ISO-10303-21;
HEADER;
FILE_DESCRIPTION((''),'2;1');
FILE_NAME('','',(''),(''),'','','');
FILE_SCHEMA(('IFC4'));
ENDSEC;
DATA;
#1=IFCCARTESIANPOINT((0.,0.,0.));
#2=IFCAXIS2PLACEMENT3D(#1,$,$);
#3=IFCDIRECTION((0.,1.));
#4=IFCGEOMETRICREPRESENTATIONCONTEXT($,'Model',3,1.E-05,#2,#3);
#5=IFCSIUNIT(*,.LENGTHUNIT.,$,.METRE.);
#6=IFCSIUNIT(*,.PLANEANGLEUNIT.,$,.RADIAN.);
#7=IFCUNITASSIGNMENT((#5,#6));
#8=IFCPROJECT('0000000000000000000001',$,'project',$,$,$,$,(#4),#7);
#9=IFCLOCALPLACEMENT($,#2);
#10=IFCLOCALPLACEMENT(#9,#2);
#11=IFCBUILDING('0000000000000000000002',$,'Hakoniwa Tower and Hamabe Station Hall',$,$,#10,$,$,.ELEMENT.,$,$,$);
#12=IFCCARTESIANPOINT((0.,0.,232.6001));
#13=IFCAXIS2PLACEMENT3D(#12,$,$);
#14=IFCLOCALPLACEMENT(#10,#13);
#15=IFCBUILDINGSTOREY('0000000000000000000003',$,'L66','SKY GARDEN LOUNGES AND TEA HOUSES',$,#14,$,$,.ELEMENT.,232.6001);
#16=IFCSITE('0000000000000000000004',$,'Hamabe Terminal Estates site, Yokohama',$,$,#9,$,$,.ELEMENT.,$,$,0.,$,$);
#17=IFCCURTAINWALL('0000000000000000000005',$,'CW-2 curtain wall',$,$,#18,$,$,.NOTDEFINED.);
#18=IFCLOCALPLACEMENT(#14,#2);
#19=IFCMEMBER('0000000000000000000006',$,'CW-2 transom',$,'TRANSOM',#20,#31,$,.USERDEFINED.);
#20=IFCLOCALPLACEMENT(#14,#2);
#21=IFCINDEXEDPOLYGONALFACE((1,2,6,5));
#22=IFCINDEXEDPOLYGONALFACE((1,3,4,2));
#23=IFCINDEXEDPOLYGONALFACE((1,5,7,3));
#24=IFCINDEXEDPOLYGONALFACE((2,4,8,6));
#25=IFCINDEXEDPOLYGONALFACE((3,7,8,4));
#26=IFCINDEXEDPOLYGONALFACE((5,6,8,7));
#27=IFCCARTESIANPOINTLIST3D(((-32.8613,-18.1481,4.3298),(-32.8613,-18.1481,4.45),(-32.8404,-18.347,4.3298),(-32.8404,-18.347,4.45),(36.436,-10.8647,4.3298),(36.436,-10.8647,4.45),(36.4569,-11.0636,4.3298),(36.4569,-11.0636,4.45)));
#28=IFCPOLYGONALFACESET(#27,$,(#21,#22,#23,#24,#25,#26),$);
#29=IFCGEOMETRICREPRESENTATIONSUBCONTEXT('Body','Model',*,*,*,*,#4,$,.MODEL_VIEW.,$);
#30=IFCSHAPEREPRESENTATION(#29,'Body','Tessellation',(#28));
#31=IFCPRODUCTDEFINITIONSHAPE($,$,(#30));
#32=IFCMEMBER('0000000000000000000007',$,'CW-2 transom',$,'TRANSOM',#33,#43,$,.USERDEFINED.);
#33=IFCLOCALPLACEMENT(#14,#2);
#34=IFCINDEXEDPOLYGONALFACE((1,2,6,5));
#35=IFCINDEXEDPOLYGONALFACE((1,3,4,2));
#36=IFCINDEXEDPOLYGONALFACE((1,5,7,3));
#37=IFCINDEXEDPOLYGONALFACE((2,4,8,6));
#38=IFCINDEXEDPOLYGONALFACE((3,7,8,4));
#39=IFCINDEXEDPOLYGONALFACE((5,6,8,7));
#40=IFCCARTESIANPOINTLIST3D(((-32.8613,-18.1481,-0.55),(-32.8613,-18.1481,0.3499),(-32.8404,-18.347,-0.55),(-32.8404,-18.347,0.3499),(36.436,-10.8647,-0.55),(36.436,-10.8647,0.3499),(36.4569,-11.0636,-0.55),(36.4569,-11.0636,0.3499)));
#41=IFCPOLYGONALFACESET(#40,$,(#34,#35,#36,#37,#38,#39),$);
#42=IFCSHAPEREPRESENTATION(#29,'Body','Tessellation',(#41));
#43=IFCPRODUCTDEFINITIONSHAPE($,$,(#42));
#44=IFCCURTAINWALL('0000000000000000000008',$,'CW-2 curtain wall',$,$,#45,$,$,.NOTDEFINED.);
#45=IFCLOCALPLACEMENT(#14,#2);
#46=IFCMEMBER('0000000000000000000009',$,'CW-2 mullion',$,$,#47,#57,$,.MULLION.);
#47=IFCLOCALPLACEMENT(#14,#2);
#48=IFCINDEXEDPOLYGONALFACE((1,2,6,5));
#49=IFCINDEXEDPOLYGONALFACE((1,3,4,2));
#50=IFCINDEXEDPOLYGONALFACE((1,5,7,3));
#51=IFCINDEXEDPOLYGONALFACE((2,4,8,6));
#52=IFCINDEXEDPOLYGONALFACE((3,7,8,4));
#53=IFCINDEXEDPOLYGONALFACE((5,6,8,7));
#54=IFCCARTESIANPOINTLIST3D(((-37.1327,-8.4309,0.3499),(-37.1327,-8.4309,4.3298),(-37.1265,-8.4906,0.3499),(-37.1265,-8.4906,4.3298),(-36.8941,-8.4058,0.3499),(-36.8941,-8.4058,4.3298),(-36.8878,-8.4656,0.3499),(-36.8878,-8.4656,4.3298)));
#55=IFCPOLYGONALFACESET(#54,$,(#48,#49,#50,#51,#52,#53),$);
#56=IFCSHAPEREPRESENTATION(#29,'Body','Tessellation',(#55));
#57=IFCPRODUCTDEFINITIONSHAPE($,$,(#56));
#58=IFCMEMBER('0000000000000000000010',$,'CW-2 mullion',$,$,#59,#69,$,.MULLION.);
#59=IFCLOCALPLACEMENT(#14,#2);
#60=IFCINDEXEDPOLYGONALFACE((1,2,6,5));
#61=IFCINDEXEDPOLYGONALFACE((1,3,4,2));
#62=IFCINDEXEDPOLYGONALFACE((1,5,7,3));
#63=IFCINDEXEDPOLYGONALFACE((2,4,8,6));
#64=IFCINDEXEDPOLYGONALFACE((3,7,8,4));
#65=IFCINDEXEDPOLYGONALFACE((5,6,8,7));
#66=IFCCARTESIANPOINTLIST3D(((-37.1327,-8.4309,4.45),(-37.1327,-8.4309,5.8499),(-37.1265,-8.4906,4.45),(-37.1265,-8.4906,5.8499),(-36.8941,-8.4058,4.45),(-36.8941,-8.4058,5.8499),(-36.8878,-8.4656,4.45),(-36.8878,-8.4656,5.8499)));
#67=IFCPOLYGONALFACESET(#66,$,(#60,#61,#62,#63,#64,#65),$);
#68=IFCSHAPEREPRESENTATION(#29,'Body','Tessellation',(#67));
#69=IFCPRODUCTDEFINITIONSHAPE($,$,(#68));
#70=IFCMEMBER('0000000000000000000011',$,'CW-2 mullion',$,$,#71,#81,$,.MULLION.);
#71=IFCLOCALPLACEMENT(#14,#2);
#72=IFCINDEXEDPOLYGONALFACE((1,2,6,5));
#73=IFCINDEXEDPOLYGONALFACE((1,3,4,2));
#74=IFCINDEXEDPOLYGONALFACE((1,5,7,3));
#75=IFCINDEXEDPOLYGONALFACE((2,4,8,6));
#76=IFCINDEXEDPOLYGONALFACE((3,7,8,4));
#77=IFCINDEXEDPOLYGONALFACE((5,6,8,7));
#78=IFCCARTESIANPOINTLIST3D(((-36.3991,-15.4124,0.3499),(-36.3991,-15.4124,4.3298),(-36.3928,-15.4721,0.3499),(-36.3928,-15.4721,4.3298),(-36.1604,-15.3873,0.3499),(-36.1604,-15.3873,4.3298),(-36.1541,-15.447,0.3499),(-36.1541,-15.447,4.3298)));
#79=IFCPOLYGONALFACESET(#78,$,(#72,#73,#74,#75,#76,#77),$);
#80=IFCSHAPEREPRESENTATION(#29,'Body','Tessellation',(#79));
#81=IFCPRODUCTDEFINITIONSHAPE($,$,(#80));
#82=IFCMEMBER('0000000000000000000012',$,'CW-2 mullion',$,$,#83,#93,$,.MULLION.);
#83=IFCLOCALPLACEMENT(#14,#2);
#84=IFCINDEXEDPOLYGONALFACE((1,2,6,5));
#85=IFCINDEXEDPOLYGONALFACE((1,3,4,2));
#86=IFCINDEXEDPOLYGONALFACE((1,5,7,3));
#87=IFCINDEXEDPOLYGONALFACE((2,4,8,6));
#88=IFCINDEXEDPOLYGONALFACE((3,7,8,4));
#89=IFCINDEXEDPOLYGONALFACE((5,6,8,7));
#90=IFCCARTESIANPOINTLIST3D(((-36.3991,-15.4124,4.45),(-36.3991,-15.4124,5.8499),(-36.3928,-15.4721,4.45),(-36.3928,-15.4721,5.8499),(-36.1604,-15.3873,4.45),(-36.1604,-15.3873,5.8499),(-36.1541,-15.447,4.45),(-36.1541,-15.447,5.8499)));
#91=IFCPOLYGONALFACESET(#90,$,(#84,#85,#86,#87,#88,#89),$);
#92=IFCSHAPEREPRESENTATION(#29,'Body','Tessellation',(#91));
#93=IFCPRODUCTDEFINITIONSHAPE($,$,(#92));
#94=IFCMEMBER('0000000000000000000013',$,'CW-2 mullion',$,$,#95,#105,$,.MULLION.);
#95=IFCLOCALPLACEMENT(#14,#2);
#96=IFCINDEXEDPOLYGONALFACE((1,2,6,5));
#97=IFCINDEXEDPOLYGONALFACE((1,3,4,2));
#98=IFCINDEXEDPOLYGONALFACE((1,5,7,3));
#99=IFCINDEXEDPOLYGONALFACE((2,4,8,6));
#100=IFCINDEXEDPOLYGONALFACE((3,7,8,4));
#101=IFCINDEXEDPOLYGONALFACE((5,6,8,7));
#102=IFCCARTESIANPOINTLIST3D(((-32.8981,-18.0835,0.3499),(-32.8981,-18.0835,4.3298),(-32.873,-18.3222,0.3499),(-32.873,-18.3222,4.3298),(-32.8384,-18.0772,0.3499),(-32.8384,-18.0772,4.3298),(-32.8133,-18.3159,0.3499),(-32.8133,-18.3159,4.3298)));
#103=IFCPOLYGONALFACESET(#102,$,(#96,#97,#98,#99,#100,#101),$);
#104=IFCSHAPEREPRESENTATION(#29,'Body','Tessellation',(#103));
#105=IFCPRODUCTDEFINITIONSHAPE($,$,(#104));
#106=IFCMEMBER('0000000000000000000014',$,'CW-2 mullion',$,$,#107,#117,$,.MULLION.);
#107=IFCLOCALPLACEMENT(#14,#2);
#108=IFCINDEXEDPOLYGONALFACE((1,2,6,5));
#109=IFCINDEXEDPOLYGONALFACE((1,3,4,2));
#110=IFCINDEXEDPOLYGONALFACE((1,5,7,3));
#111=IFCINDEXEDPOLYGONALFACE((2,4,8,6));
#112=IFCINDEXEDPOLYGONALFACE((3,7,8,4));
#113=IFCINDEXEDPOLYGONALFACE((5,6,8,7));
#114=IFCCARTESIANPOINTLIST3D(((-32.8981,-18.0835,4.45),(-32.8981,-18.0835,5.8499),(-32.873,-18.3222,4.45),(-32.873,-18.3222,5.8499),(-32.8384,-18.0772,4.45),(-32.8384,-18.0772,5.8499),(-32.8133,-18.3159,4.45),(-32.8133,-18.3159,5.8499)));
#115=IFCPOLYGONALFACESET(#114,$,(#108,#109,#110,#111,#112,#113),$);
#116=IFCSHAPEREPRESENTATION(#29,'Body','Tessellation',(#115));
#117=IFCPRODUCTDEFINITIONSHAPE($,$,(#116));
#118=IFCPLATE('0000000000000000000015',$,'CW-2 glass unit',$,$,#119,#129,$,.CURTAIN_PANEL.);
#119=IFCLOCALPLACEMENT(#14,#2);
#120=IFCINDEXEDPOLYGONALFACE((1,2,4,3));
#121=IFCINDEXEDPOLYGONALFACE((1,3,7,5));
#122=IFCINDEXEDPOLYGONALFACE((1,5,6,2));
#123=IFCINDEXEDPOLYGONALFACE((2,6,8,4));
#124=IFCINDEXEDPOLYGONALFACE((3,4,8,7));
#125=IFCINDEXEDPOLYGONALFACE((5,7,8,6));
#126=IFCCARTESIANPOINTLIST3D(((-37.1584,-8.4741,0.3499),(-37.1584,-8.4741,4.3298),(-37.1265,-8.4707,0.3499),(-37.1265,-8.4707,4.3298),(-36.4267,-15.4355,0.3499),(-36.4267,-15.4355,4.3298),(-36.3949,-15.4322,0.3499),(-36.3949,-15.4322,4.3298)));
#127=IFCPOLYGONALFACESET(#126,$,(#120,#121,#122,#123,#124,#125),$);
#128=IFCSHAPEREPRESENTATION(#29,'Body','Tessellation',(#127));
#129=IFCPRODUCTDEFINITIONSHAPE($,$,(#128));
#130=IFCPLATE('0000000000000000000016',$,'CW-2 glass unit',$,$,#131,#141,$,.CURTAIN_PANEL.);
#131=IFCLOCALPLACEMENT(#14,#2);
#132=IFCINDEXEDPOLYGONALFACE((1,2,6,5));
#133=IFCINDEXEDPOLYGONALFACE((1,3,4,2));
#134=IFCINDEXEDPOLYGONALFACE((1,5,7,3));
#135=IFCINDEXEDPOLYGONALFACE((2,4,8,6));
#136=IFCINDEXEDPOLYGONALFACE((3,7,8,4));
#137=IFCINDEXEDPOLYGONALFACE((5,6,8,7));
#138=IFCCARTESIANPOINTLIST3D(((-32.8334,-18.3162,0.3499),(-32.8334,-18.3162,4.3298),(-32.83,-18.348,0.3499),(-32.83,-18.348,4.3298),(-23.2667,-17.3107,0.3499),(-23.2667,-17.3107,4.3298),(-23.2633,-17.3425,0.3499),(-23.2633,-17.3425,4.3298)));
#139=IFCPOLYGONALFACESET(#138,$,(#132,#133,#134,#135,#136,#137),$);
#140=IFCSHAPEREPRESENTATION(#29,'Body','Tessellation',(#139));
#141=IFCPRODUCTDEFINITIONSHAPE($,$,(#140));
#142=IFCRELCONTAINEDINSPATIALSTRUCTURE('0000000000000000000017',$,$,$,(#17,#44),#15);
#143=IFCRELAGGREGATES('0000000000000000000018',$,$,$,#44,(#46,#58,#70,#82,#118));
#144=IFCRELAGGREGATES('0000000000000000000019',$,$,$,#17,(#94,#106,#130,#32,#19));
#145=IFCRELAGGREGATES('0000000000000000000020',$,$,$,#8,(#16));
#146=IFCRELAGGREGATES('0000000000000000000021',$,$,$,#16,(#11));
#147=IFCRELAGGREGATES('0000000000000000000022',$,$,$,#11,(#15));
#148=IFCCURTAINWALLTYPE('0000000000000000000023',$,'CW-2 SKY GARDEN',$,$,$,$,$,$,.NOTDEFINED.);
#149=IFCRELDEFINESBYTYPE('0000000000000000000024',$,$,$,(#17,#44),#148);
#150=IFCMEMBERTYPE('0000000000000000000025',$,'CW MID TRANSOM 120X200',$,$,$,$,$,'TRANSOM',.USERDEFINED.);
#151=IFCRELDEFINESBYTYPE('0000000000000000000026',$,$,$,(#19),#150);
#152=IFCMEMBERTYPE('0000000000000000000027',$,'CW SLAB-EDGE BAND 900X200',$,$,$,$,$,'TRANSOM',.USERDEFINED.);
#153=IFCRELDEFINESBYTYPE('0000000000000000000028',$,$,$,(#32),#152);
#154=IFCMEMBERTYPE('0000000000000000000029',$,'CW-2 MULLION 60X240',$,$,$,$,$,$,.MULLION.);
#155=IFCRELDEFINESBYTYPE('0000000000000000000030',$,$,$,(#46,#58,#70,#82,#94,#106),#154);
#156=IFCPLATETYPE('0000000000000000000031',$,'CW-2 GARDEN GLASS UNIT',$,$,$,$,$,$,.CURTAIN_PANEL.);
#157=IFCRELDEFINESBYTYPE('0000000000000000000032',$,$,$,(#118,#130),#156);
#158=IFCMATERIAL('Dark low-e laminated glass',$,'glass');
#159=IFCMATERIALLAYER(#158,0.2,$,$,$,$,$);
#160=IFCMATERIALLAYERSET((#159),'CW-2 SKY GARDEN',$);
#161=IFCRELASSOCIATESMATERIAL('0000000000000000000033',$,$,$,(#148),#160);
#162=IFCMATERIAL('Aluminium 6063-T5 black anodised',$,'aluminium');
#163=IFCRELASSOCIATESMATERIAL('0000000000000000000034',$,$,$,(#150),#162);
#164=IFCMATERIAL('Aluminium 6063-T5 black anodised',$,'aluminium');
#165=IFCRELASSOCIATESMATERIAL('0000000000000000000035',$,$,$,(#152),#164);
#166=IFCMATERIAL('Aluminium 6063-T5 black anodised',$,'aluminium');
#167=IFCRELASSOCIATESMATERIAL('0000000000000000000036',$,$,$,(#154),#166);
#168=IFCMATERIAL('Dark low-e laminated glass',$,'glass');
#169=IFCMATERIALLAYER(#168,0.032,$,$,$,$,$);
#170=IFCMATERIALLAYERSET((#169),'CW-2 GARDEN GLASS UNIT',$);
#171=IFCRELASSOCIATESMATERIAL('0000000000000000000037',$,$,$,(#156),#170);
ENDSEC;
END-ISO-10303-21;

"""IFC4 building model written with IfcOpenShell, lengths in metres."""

from ifc_helpers import new_model, si_unit, direction, frame, origin, origin_2d, place, context, subcontext, project, spatial, rectangle, extrude, material, layer, layer_set, material_profile, profile_set, type_object, element, aggregate, save


model = new_model("IFC4")

# Units and contexts
model_context = context("Model", 3, precision=1e-05, world=origin(), true_north=direction((0.0, 1.0)))
body_context = subcontext(model_context, "Body", "Model", "MODEL_VIEW")
ifc_project = project(units=[si_unit("LENGTHUNIT", "METRE"), si_unit("PLANEANGLEUNIT", "RADIAN")], contexts=[model_context])

# Site, building, storey
site_placement = place(None, origin())
site = spatial("IfcSite", under=ifc_project, at=site_placement, Name="Hamabe Terminal Estates site, Yokohama", CompositionType="ELEMENT", RefElevation=0.0)
building_placement = place(site_placement, origin())
building = spatial("IfcBuilding", under=site, at=building_placement, Name="Hakoniwa Tower and Hamabe Station Hall", CompositionType="ELEMENT")
storey_placement = place(building_placement, frame((0.0, 0.0, 232.6001)))
storey = spatial("IfcBuildingStorey", under=building, at=storey_placement, Name="L66", Description="SKY GARDEN LOUNGES AND TEA HOUSES", CompositionType="ELEMENT", Elevation=232.6001)

# Curtain walls, members
ifc_material_1 = material(Name="Dark low-e laminated glass", Category="glass")
ifc_layer_1 = layer(ifc_material_1, 0.2)
ifc_layer_set_1 = layer_set([ifc_layer_1], Name="CW-2 SKY GARDEN")
curtain_wall_type = type_object("IfcCurtainWallType", Name="CW-2 SKY GARDEN", PredefinedType="NOTDEFINED", material=ifc_layer_set_1)
curtain_wall_1_placement = place(storey_placement, origin())
curtain_wall_1 = element("IfcCurtainWall", 1, at=curtain_wall_1_placement, inside=storey, type_object=curtain_wall_type, Name="CW-2 curtain wall", PredefinedType="NOTDEFINED")
ifc_material_2 = material(Name="Aluminium 6063-T5 black anodised", Category="aluminium")
ifc_material_profile_1 = material_profile(ifc_material_2, rectangle(XDim=0.2, YDim=0.1201, at=origin_2d()), Name="CW MID TRANSOM 120X200")
ifc_profile_set_1 = profile_set([ifc_material_profile_1], Name="Aluminium 6063-T5 black anodised")
member_type_1 = type_object("IfcMemberType", Name="CW MID TRANSOM 120X200", ElementType="TRANSOM", PredefinedType="USERDEFINED", material=ifc_profile_set_1)
member_1_placement = place(storey_placement, frame((-32.8508, -18.2476, 4.3899), z_axis=(0.994522, 0.104528, 0.0), x_axis=(-0.104528, 0.994522, 0.0)))
member_1 = element("IfcMember", 2, at=member_1_placement, type_object=member_type_1, Name="CW-2 transom", ObjectType="TRANSOM", PredefinedType="USERDEFINED", context=body_context, shape_type="SweptSolid", body=[
    extrude(rectangle(XDim=0.2, YDim=0.1201, at=origin_2d()), origin(), (0.0, 0.0, 1.0), 69.679),
])
ifc_material_3 = material(Name="Aluminium 6063-T5 black anodised", Category="aluminium")
ifc_material_profile_2 = material_profile(ifc_material_3, rectangle(XDim=0.2, YDim=0.8999, at=origin_2d()), Name="CW SLAB-EDGE BAND 900X200")
ifc_profile_set_2 = profile_set([ifc_material_profile_2], Name="Aluminium 6063-T5 black anodised")
member_type_2 = type_object("IfcMemberType", Name="CW SLAB-EDGE BAND 900X200", ElementType="TRANSOM", PredefinedType="USERDEFINED", material=ifc_profile_set_2)
member_2_placement = place(storey_placement, frame((-32.8508, -18.2476, -0.1001), z_axis=(0.994522, 0.104528, 0.0), x_axis=(-0.104528, 0.994522, 0.0)))
member_2 = element("IfcMember", 3, at=member_2_placement, type_object=member_type_2, Name="CW-2 transom", ObjectType="TRANSOM", PredefinedType="USERDEFINED", context=body_context, shape_type="SweptSolid", body=[
    extrude(rectangle(XDim=0.2, YDim=0.8999, at=origin_2d()), origin(), (0.0, 0.0, 1.0), 69.679),
])
curtain_wall_2_placement = place(storey_placement, origin())
curtain_wall_2 = element("IfcCurtainWall", 4, at=curtain_wall_2_placement, inside=storey, type_object=curtain_wall_type, Name="CW-2 curtain wall", PredefinedType="NOTDEFINED")
ifc_material_4 = material(Name="Aluminium 6063-T5 black anodised", Category="aluminium")
ifc_material_profile_3 = material_profile(ifc_material_4, rectangle(XDim=0.0601, YDim=0.24, at=origin_2d()), Name="CW-2 MULLION 60X240")
ifc_profile_set_3 = profile_set([ifc_material_profile_3], Name="Aluminium 6063-T5 black anodised")
member_type_3 = type_object("IfcMemberType", Name="CW-2 MULLION 60X240", PredefinedType="MULLION", material=ifc_profile_set_3)
member_3_placement = place(storey_placement, frame((-37.0103, -8.4482, 0.3499), z_axis=(0.0, 0.0, 1.0), x_axis=(0.104528, -0.994522, 0.0)))
member_3 = element("IfcMember", 5, at=member_3_placement, type_object=member_type_3, Name="CW-2 mullion", PredefinedType="MULLION", context=body_context, shape_type="SweptSolid", body=[
    extrude(rectangle(XDim=0.0601, YDim=0.24, at=origin_2d()), origin(), (0.0, 0.0, 1.0), 3.98),
])
member_4_placement = place(storey_placement, frame((-37.0103, -8.4482, 4.45), z_axis=(0.0, 0.0, 1.0), x_axis=(0.104528, -0.994522, 0.0)))
member_4 = element("IfcMember", 6, at=member_4_placement, type_object=member_type_3, Name="CW-2 mullion", PredefinedType="MULLION", context=body_context, shape_type="SweptSolid", body=[
    extrude(rectangle(XDim=0.0601, YDim=0.24, at=origin_2d()), origin(), (0.0, 0.0, 1.0), 1.3999),
])
member_5_placement = place(storey_placement, frame((-36.2766, -15.4297, 0.3499), z_axis=(0.0, 0.0, 1.0), x_axis=(0.104528, -0.994522, 0.0)))
member_5 = element("IfcMember", 7, at=member_5_placement, type_object=member_type_3, Name="CW-2 mullion", PredefinedType="MULLION", context=body_context, shape_type="SweptSolid", body=[
    extrude(rectangle(XDim=0.0601, YDim=0.24, at=origin_2d()), origin(), (0.0, 0.0, 1.0), 3.98),
])
member_6_placement = place(storey_placement, frame((-36.2766, -15.4297, 4.45), z_axis=(0.0, 0.0, 1.0), x_axis=(0.104528, -0.994522, 0.0)))
member_6 = element("IfcMember", 8, at=member_6_placement, type_object=member_type_3, Name="CW-2 mullion", PredefinedType="MULLION", context=body_context, shape_type="SweptSolid", body=[
    extrude(rectangle(XDim=0.0601, YDim=0.24, at=origin_2d()), origin(), (0.0, 0.0, 1.0), 1.3999),
])

# Members
member_7_placement = place(storey_placement, frame((-32.8557, -18.1997, 0.3499), z_axis=(0.0, 0.0, 1.0), x_axis=(0.994522, 0.104528, 0.0)))
member_7 = element("IfcMember", 9, at=member_7_placement, type_object=member_type_3, Name="CW-2 mullion", PredefinedType="MULLION", context=body_context, shape_type="SweptSolid", body=[
    extrude(rectangle(XDim=0.0601, YDim=0.24, at=origin_2d()), origin(), (0.0, 0.0, 1.0), 3.98),
])
member_8_placement = place(storey_placement, frame((-32.8557, -18.1997, 4.45), z_axis=(0.0, 0.0, 1.0), x_axis=(0.994522, 0.104528, 0.0)))
member_8 = element("IfcMember", 10, at=member_8_placement, type_object=member_type_3, Name="CW-2 mullion", PredefinedType="MULLION", context=body_context, shape_type="SweptSolid", body=[
    extrude(rectangle(XDim=0.0601, YDim=0.24, at=origin_2d()), origin(), (0.0, 0.0, 1.0), 1.3999),
])

# Plates
ifc_material_5 = material(Name="Dark low-e laminated glass", Category="glass")
ifc_layer_2 = layer(ifc_material_5, 0.032)
ifc_layer_set_2 = layer_set([ifc_layer_2], Name="CW-2 GARDEN GLASS UNIT")
plate_type = type_object("IfcPlateType", Name="CW-2 GARDEN GLASS UNIT", PredefinedType="CURTAIN_PANEL", material=ifc_layer_set_2)
plate_1_placement = place(storey_placement, frame((-36.7766, -11.9531, 0.3499), z_axis=(0.0, 0.0, 1.0), x_axis=(0.104528, -0.994522, 0.0)))
plate_1 = element("IfcPlate", 11, at=plate_1_placement, type_object=plate_type, Name="CW-2 glass unit", PredefinedType="CURTAIN_PANEL", context=body_context, shape_type="SweptSolid", body=[
    extrude(rectangle(XDim=6.9998, YDim=0.032, at=origin_2d()), origin(), (0.0, 0.0, 1.0), 3.98),
])
plate_2_placement = place(storey_placement, frame((-28.0483, -17.8293, 0.3499), z_axis=(0.0, 0.0, 1.0), x_axis=(0.994522, 0.104528, 0.0)))
plate_2 = element("IfcPlate", 12, at=plate_2_placement, type_object=plate_type, Name="CW-2 glass unit", PredefinedType="CURTAIN_PANEL", context=body_context, shape_type="SweptSolid", body=[
    extrude(rectangle(XDim=9.6194, YDim=0.032, at=origin_2d()), origin(), (0.0, 0.0, 1.0), 3.98),
])

aggregate(curtain_wall_2, [member_3, member_4, member_5, member_6, plate_1])

aggregate(curtain_wall_1, [member_7, member_8, plate_2, member_2, member_1])

save(model, "model.ifc")
